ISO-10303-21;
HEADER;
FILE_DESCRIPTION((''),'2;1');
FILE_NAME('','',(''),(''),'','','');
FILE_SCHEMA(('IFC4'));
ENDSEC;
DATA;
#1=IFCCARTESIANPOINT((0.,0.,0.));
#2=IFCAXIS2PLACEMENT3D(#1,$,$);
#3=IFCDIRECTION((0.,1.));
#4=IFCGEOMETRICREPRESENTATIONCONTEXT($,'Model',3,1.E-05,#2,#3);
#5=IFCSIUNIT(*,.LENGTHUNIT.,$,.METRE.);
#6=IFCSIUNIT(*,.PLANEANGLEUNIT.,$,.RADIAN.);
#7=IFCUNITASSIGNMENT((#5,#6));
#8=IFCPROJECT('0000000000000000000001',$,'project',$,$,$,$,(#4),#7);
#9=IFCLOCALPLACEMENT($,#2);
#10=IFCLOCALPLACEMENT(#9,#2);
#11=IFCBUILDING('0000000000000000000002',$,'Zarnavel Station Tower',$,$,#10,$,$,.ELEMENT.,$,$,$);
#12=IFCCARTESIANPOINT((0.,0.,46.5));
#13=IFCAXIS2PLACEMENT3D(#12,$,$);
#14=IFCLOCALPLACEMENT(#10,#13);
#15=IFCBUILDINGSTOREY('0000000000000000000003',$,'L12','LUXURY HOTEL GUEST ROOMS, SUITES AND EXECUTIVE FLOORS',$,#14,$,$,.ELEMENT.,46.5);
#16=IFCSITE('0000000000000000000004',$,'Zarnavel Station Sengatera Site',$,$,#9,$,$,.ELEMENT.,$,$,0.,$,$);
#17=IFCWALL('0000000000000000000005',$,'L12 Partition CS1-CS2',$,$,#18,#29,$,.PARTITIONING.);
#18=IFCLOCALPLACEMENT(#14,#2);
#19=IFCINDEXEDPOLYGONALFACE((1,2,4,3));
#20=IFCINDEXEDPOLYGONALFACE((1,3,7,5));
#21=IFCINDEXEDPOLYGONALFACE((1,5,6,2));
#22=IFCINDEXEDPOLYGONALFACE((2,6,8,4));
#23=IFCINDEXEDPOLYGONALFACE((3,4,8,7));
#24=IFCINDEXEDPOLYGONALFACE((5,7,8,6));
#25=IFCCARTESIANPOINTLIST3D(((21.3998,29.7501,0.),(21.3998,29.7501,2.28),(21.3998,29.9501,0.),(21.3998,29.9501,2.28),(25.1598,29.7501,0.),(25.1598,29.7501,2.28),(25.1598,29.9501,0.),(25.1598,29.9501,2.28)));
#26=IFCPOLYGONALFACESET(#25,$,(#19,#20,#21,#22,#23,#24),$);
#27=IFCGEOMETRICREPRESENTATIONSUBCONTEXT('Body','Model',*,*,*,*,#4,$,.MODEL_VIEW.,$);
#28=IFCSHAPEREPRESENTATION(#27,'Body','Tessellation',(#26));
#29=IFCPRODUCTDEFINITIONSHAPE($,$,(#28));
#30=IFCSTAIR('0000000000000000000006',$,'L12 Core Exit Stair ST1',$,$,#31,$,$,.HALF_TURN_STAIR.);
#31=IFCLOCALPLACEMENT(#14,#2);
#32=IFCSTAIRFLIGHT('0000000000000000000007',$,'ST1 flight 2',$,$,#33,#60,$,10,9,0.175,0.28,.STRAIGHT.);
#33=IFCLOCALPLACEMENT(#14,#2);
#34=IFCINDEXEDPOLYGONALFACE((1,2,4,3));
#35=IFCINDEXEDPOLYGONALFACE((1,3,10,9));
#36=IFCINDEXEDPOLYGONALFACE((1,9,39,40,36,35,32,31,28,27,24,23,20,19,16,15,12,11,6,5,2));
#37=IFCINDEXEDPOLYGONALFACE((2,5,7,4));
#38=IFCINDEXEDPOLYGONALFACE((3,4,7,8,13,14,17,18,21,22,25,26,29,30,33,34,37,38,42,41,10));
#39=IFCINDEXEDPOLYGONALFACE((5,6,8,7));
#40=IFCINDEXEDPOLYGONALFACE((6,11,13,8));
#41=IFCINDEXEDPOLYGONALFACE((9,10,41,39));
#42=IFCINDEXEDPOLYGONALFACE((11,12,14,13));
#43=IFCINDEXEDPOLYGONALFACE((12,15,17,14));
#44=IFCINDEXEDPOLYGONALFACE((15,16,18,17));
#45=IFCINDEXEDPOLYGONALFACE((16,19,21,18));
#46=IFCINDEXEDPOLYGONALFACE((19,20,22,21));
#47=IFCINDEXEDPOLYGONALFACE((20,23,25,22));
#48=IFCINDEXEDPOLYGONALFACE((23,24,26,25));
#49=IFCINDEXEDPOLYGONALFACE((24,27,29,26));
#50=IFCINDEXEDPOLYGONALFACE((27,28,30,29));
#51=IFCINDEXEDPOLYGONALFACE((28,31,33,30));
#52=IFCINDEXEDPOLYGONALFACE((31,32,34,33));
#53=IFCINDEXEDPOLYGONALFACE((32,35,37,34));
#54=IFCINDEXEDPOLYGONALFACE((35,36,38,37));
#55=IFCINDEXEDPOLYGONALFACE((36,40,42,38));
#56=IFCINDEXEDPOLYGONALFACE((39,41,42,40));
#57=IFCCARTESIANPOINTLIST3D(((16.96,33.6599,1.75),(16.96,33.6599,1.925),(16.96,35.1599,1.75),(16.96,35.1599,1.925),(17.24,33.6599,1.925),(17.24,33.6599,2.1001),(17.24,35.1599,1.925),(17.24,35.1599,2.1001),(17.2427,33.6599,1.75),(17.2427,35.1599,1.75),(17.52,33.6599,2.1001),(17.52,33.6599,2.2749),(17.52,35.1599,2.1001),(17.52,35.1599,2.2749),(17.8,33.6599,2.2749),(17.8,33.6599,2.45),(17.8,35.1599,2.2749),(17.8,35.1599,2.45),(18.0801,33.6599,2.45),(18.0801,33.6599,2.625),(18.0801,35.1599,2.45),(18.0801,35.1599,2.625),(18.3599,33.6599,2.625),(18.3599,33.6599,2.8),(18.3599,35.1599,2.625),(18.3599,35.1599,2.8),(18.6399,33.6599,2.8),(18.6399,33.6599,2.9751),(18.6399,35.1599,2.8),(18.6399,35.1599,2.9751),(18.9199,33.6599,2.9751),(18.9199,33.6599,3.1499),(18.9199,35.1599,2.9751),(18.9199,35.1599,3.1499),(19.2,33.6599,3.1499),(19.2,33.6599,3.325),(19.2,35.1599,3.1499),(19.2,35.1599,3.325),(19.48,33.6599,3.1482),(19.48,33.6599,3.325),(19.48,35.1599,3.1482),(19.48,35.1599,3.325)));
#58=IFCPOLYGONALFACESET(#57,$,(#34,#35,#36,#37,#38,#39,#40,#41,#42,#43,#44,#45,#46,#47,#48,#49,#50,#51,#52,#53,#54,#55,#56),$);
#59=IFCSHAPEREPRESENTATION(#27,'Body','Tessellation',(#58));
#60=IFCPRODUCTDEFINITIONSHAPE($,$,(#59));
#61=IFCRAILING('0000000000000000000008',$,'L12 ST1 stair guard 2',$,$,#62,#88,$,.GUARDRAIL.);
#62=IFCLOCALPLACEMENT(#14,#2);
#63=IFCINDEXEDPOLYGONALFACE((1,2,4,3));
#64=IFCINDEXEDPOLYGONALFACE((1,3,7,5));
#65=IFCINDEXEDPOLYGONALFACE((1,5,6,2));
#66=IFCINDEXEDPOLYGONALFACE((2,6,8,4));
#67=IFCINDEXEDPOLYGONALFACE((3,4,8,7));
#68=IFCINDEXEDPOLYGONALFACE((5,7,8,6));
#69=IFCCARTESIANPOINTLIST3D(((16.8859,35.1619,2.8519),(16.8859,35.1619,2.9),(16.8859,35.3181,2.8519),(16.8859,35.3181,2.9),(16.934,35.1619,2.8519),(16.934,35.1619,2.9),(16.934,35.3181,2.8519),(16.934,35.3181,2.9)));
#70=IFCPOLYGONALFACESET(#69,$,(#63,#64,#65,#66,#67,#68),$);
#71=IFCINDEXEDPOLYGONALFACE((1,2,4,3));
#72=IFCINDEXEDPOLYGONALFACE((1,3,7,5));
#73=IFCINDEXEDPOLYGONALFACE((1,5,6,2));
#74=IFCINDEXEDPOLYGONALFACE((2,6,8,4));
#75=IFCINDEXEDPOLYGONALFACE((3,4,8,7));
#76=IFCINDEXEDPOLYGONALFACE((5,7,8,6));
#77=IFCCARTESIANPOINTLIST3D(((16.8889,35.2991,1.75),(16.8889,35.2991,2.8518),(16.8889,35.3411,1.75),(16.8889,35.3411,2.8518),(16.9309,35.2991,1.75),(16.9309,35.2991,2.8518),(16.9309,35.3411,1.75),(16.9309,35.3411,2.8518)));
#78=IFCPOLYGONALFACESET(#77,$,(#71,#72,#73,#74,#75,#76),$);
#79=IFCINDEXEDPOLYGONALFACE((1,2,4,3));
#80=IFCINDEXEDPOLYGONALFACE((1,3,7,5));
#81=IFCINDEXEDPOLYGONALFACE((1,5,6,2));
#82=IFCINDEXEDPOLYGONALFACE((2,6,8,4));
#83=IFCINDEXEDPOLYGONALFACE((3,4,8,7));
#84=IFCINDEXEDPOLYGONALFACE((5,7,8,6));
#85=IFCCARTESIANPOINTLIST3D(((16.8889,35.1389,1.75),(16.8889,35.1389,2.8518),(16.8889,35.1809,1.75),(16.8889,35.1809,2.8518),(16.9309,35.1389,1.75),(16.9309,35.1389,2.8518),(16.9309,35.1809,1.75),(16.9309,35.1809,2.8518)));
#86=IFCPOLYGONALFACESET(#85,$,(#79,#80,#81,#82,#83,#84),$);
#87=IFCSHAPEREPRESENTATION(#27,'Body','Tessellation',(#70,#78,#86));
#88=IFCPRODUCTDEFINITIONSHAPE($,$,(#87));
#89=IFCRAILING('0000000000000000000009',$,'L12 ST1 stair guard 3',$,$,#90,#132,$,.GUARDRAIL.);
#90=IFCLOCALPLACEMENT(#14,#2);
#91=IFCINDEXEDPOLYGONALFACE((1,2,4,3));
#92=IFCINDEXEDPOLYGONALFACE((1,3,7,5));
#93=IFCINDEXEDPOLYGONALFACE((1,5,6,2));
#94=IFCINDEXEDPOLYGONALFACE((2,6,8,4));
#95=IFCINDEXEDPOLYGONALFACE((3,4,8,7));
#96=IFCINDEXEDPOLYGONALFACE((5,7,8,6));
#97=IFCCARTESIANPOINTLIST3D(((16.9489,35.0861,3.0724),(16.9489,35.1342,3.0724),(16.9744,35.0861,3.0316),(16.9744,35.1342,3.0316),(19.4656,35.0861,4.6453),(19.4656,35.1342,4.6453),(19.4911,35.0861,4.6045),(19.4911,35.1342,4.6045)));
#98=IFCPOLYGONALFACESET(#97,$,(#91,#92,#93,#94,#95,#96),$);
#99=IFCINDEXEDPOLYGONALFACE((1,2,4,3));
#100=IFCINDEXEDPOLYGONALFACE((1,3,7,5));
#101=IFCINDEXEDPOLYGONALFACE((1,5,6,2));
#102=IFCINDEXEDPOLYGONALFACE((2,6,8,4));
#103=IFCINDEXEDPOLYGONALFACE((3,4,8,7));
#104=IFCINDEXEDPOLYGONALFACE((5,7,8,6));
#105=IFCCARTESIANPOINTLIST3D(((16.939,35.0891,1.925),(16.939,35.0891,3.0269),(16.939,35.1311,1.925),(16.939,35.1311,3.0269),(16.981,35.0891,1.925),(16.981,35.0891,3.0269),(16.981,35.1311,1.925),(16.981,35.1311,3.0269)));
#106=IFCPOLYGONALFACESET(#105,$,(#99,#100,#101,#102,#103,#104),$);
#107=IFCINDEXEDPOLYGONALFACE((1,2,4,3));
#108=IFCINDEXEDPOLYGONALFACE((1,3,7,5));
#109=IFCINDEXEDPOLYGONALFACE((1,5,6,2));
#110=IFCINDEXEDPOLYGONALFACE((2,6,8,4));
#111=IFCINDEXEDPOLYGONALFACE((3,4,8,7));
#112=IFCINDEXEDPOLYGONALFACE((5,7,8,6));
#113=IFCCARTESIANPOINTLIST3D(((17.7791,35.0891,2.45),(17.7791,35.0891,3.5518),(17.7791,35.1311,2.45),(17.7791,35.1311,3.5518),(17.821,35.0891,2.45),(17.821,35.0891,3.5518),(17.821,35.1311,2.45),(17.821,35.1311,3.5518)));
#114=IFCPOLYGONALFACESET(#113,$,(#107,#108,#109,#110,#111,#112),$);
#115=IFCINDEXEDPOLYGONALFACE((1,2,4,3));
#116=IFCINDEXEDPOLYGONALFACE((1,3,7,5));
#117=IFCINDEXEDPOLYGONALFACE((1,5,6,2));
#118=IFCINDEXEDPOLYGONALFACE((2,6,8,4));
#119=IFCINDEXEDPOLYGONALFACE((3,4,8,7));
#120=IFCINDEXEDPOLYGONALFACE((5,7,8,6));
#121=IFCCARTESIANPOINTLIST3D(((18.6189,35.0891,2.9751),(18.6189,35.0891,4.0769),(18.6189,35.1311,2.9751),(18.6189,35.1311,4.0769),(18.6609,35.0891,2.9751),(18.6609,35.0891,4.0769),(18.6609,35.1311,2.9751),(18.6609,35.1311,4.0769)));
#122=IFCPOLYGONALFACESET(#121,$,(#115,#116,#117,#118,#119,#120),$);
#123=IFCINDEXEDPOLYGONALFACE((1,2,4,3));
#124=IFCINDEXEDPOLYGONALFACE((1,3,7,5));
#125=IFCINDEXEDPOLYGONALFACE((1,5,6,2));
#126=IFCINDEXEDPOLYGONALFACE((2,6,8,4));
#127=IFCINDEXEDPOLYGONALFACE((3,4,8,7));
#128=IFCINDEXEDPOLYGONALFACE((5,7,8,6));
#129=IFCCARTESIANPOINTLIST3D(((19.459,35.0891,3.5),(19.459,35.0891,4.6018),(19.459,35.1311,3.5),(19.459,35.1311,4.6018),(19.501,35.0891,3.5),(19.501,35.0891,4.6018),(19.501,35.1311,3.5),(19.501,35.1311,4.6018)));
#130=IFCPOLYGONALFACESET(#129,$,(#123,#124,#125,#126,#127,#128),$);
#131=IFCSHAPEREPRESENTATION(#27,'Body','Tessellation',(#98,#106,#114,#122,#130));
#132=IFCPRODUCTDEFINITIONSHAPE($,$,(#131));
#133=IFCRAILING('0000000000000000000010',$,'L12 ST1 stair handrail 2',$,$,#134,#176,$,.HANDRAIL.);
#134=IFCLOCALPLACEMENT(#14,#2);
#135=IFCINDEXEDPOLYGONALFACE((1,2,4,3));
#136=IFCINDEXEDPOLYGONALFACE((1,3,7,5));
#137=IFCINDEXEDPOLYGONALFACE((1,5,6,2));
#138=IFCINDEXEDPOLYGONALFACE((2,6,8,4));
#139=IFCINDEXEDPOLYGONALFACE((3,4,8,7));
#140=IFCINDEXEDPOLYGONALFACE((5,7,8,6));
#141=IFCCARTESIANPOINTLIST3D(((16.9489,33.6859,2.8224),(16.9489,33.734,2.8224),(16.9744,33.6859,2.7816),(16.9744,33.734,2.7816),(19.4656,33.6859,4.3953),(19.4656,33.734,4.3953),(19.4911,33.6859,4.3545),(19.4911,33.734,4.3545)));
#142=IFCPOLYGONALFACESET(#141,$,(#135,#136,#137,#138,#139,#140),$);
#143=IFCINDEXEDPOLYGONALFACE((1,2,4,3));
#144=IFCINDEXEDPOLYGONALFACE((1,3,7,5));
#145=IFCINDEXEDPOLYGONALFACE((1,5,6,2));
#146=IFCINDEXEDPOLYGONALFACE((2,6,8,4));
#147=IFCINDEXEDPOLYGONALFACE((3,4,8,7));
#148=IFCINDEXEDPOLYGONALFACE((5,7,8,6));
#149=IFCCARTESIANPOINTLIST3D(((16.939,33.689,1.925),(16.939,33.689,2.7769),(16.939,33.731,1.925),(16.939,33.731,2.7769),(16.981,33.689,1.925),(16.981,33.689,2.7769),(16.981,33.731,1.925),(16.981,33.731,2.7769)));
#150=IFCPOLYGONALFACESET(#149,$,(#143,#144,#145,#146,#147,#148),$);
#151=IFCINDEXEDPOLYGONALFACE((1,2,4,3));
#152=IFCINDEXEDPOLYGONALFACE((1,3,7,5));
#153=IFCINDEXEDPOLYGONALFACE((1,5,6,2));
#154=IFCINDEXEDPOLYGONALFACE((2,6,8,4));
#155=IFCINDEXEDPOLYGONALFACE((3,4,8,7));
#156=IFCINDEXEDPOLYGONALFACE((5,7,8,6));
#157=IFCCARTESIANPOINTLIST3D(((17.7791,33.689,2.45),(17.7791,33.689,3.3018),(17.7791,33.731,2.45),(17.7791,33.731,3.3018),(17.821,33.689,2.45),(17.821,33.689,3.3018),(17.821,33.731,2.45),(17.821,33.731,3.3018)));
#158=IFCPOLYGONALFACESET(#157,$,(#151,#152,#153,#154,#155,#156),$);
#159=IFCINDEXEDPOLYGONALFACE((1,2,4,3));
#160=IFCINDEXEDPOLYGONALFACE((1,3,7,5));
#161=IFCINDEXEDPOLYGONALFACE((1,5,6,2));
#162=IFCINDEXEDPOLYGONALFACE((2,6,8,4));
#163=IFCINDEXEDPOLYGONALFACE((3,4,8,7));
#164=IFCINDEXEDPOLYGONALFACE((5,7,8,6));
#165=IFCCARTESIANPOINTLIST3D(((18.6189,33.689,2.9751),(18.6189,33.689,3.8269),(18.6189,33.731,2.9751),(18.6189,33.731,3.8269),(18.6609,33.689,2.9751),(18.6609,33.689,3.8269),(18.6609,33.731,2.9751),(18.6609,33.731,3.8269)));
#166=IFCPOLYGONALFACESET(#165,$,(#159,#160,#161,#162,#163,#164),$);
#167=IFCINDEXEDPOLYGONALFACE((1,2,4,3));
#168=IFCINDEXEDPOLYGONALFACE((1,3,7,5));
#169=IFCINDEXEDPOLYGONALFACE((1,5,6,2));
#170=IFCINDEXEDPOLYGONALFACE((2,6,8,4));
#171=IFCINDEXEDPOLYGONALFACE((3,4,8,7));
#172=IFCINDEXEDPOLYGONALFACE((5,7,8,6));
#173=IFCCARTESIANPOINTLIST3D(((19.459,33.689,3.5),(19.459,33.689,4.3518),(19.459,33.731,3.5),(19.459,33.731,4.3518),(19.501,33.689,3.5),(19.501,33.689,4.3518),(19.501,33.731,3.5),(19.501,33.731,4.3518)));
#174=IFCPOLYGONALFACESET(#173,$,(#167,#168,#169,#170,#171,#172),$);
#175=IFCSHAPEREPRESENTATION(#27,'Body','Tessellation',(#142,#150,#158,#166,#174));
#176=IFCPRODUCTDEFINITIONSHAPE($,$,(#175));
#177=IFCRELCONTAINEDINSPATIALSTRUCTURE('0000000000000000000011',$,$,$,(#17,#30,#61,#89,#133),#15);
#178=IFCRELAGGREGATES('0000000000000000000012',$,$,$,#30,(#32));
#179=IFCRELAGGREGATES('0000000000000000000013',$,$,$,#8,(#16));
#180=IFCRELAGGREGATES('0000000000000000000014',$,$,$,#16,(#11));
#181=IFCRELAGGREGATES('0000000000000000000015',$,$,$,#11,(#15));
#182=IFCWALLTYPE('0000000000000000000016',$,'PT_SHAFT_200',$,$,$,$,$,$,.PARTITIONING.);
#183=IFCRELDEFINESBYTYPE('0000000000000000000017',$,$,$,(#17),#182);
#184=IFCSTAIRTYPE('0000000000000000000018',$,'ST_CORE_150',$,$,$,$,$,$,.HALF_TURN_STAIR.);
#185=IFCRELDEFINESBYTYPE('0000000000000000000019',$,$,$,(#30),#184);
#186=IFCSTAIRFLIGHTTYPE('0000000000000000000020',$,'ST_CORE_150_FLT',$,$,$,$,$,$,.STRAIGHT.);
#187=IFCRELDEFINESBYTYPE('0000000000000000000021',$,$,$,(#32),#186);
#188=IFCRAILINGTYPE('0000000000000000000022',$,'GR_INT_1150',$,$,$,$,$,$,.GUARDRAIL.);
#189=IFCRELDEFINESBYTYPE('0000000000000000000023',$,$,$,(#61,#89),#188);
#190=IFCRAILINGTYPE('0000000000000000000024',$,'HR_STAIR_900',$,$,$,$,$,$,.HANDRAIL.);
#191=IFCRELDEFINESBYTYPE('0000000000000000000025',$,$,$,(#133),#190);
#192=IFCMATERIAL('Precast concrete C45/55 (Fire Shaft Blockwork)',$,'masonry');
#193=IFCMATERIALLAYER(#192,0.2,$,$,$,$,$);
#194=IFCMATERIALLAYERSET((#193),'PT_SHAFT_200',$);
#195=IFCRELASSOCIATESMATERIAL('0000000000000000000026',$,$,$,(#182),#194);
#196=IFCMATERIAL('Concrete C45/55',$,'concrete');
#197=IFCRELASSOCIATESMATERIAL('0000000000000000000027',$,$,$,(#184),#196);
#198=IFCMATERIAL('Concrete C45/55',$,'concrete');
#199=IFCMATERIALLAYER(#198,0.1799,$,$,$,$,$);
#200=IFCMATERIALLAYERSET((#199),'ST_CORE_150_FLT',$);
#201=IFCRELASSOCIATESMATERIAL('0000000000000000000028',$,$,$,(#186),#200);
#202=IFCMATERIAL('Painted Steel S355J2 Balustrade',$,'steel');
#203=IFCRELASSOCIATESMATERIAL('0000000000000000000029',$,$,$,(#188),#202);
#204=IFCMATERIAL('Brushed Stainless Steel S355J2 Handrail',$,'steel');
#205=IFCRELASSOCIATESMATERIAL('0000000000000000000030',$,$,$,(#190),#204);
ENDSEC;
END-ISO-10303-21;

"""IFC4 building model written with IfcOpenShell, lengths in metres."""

from ifc_helpers import new_model, si_unit, direction, frame, frame_2d, origin, origin_2d, place, context, subcontext, project, spatial, polyline, rectangle, outline, extrude, material, layer, layer_set, type_object, element, aggregate, save


model = new_model("IFC4")

# Units and contexts
model_context = context("Model", 3, precision=1e-05, world=origin(), true_north=direction((0.0, 1.0)))
body_context = subcontext(model_context, "Body", "Model", "MODEL_VIEW")
ifc_project = project(units=[si_unit("LENGTHUNIT", "METRE"), si_unit("PLANEANGLEUNIT", "RADIAN")], contexts=[model_context])

# Site, building, storey
site_placement = place(None, origin())
site = spatial("IfcSite", under=ifc_project, at=site_placement, Name="Zarnavel Station Sengatera Site", CompositionType="ELEMENT", RefElevation=0.0)
building_placement = place(site_placement, origin())
building = spatial("IfcBuilding", under=site, at=building_placement, Name="Zarnavel Station Tower", CompositionType="ELEMENT")
storey_placement = place(building_placement, frame((0.0, 0.0, 46.5)))
storey = spatial("IfcBuildingStorey", under=building, at=storey_placement, Name="L12", Description="LUXURY HOTEL GUEST ROOMS, SUITES AND EXECUTIVE FLOORS", CompositionType="ELEMENT", Elevation=46.5)

# Shared definitions
ifc_material_1 = material(Name="Precast concrete C45/55 (Fire Shaft Blockwork)", Category="masonry")
ifc_layer_1 = layer(ifc_material_1, 0.2)
ifc_layer_set_1 = layer_set([ifc_layer_1], Name="PT_SHAFT_200")
wall_type_1 = type_object("IfcWallType", Name="PT_SHAFT_200", PredefinedType="PARTITIONING", material=ifc_layer_set_1)

# Wall
wall_1_placement = place(storey_placement, frame((21.3999, 29.8501, 0.0), z_axis=(0.0, 0.0, 1.0), x_axis=(1.0, 0.0, 0.0)))
element("IfcWall", 1, at=wall_1_placement, inside=storey, type_object=wall_type_1, Name="L12 Partition CS1-CS2", PredefinedType="PARTITIONING", context=body_context, shape_type="SweptSolid", body=[
    extrude(rectangle(XDim=3.76, YDim=0.2, at=frame_2d((1.8799, 0.0))), origin(), (0.0, 0.0, 1.0), 2.28),
])

# Stair, stair flight
ifc_material_2 = material(Name="Concrete C45/55", Category="concrete")
stair_type = type_object("IfcStairType", Name="ST_CORE_150", PredefinedType="HALF_TURN_STAIR", material=ifc_material_2)
stair_placement = place(storey_placement, origin())
stair = element("IfcStair", 2, at=stair_placement, inside=storey, type_object=stair_type, Name="L12 Core Exit Stair ST1", PredefinedType="HALF_TURN_STAIR")
ifc_material_3 = material(Name="Concrete C45/55", Category="concrete")
ifc_layer_2 = layer(ifc_material_3, 0.1799)
ifc_layer_set_2 = layer_set([ifc_layer_2], Name="ST_CORE_150_FLT")
stair_flight_type = type_object("IfcStairFlightType", Name="ST_CORE_150_FLT", PredefinedType="STRAIGHT", material=ifc_layer_set_2)
stair_flight_placement = place(storey_placement, frame((16.96, 34.4099, 1.75), z_axis=(0.0, 0.0, 1.0), x_axis=(1.0, 0.0, 0.0)))
stair_flight = element("IfcStairFlight", 3, at=stair_flight_placement, type_object=stair_flight_type, Name="ST1 flight 2", NumberOfRisers=10, NumberOfTreads=9, PredefinedType="STRAIGHT", RiserHeight=0.175, TreadLength=0.28, context=body_context, shape_type="SweptSolid", body=[
    extrude(outline(polyline([(0.0, 0.0), (0.0, 0.175), (0.28, 0.175), (0.28, 0.3501), (0.5601, 0.3501), (0.5601, 0.5249), (0.8401, 0.5249), (0.8401, 0.7), (1.1201, 0.7), (1.1201, 0.875), (1.3999, 0.875), (1.3999, 1.05), (1.6799, 1.05), (1.6799, 1.2251), (1.96, 1.2251), (1.96, 1.3999), (2.24, 1.3999), (2.24, 1.575), (2.52, 1.575), (2.52, 1.75), (2.52, 1.3982), (0.2827, 0.0), (0.0, 0.0)])), frame((0.0, 0.75, 0.0), z_axis=(0.0, -1.0, 0.0), x_axis=(1.0, 0.0, 0.0)), (0.0, 0.0, 1.0), 1.5),
])
aggregate(stair, [stair_flight])

# Railings
ifc_material_4 = material(Name="Painted Steel S355J2 Balustrade", Category="steel")
railing_type_1 = type_object("IfcRailingType", Name="GR_INT_1150", PredefinedType="GUARDRAIL", material=ifc_material_4)
railing_1_placement = place(storey_placement, frame((16.9099, 35.3201, 1.75)))
element("IfcRailing", 4, at=railing_1_placement, inside=storey, type_object=railing_type_1, Name="L12 ST1 stair guard 2", PredefinedType="GUARDRAIL", context=body_context, shape_type="SweptSolid", body=[
    extrude(rectangle(XDim=0.0481, YDim=0.0481, at=origin_2d()), frame((0.0, -0.002, 1.126), z_axis=(0.0, -1.0, 0.0), x_axis=(1.0, 0.0, 0.0)), (0.0, 0.0, 1.0), 0.1562),
    extrude(rectangle(XDim=0.042, YDim=0.042, at=origin_2d()), origin(), (0.0, 0.0, 1.0), 1.1018),
    extrude(rectangle(XDim=0.042, YDim=0.042, at=origin_2d()), frame((0.0, -0.1602, 0.0)), (0.0, 0.0, 1.0), 1.1018),
])
railing_2_placement = place(storey_placement, frame((16.96, 35.1101, 1.925)))
element("IfcRailing", 5, at=railing_2_placement, inside=storey, type_object=railing_type_1, Name="L12 ST1 stair guard 3", PredefinedType="GUARDRAIL", context=body_context, shape_type="SweptSolid", body=[
    extrude(rectangle(XDim=0.0481, YDim=0.0481, at=origin_2d()), frame((0.0017, 0.0, 1.127), z_axis=(0.848008, 0.0, 0.529984), x_axis=(0.0, 1.0, 0.0)), (0.0, 0.0, 1.0), 2.9678),
    extrude(rectangle(XDim=0.042, YDim=0.042, at=origin_2d()), origin(), (0.0, 0.0, 1.0), 1.1018),
    extrude(rectangle(XDim=0.042, YDim=0.042, at=origin_2d()), frame((0.8401, 0.0, 0.5249)), (0.0, 0.0, 1.0), 1.1018),
    extrude(rectangle(XDim=0.042, YDim=0.042, at=origin_2d()), frame((1.6799, 0.0, 1.05)), (0.0, 0.0, 1.0), 1.1018),
    extrude(rectangle(XDim=0.042, YDim=0.042, at=origin_2d()), frame((2.52, 0.0, 1.575)), (0.0, 0.0, 1.0), 1.1018),
])
ifc_material_5 = material(Name="Brushed Stainless Steel S355J2 Handrail", Category="steel")
railing_type_2 = type_object("IfcRailingType", Name="HR_STAIR_900", PredefinedType="HANDRAIL", material=ifc_material_5)
railing_3_placement = place(storey_placement, frame((16.96, 33.71, 1.925)))
element("IfcRailing", 6, at=railing_3_placement, inside=storey, type_object=railing_type_2, Name="L12 ST1 stair handrail 2", PredefinedType="HANDRAIL", context=body_context, shape_type="SweptSolid", body=[
    extrude(rectangle(XDim=0.0481, YDim=0.0481, at=origin_2d()), frame((0.0017, 0.0, 0.877), z_axis=(0.848008, 0.0, 0.529984), x_axis=(0.0, 1.0, 0.0)), (0.0, 0.0, 1.0), 2.9678),
    extrude(rectangle(XDim=0.042, YDim=0.042, at=origin_2d()), origin(), (0.0, 0.0, 1.0), 0.8518),
    extrude(rectangle(XDim=0.042, YDim=0.042, at=origin_2d()), frame((0.8401, 0.0, 0.5249)), (0.0, 0.0, 1.0), 0.8518),
    extrude(rectangle(XDim=0.042, YDim=0.042, at=origin_2d()), frame((1.6799, 0.0, 1.05)), (0.0, 0.0, 1.0), 0.8518),
    extrude(rectangle(XDim=0.042, YDim=0.042, at=origin_2d()), frame((2.52, 0.0, 1.575)), (0.0, 0.0, 1.0), 0.8518),
])

save(model, "model.ifc")
